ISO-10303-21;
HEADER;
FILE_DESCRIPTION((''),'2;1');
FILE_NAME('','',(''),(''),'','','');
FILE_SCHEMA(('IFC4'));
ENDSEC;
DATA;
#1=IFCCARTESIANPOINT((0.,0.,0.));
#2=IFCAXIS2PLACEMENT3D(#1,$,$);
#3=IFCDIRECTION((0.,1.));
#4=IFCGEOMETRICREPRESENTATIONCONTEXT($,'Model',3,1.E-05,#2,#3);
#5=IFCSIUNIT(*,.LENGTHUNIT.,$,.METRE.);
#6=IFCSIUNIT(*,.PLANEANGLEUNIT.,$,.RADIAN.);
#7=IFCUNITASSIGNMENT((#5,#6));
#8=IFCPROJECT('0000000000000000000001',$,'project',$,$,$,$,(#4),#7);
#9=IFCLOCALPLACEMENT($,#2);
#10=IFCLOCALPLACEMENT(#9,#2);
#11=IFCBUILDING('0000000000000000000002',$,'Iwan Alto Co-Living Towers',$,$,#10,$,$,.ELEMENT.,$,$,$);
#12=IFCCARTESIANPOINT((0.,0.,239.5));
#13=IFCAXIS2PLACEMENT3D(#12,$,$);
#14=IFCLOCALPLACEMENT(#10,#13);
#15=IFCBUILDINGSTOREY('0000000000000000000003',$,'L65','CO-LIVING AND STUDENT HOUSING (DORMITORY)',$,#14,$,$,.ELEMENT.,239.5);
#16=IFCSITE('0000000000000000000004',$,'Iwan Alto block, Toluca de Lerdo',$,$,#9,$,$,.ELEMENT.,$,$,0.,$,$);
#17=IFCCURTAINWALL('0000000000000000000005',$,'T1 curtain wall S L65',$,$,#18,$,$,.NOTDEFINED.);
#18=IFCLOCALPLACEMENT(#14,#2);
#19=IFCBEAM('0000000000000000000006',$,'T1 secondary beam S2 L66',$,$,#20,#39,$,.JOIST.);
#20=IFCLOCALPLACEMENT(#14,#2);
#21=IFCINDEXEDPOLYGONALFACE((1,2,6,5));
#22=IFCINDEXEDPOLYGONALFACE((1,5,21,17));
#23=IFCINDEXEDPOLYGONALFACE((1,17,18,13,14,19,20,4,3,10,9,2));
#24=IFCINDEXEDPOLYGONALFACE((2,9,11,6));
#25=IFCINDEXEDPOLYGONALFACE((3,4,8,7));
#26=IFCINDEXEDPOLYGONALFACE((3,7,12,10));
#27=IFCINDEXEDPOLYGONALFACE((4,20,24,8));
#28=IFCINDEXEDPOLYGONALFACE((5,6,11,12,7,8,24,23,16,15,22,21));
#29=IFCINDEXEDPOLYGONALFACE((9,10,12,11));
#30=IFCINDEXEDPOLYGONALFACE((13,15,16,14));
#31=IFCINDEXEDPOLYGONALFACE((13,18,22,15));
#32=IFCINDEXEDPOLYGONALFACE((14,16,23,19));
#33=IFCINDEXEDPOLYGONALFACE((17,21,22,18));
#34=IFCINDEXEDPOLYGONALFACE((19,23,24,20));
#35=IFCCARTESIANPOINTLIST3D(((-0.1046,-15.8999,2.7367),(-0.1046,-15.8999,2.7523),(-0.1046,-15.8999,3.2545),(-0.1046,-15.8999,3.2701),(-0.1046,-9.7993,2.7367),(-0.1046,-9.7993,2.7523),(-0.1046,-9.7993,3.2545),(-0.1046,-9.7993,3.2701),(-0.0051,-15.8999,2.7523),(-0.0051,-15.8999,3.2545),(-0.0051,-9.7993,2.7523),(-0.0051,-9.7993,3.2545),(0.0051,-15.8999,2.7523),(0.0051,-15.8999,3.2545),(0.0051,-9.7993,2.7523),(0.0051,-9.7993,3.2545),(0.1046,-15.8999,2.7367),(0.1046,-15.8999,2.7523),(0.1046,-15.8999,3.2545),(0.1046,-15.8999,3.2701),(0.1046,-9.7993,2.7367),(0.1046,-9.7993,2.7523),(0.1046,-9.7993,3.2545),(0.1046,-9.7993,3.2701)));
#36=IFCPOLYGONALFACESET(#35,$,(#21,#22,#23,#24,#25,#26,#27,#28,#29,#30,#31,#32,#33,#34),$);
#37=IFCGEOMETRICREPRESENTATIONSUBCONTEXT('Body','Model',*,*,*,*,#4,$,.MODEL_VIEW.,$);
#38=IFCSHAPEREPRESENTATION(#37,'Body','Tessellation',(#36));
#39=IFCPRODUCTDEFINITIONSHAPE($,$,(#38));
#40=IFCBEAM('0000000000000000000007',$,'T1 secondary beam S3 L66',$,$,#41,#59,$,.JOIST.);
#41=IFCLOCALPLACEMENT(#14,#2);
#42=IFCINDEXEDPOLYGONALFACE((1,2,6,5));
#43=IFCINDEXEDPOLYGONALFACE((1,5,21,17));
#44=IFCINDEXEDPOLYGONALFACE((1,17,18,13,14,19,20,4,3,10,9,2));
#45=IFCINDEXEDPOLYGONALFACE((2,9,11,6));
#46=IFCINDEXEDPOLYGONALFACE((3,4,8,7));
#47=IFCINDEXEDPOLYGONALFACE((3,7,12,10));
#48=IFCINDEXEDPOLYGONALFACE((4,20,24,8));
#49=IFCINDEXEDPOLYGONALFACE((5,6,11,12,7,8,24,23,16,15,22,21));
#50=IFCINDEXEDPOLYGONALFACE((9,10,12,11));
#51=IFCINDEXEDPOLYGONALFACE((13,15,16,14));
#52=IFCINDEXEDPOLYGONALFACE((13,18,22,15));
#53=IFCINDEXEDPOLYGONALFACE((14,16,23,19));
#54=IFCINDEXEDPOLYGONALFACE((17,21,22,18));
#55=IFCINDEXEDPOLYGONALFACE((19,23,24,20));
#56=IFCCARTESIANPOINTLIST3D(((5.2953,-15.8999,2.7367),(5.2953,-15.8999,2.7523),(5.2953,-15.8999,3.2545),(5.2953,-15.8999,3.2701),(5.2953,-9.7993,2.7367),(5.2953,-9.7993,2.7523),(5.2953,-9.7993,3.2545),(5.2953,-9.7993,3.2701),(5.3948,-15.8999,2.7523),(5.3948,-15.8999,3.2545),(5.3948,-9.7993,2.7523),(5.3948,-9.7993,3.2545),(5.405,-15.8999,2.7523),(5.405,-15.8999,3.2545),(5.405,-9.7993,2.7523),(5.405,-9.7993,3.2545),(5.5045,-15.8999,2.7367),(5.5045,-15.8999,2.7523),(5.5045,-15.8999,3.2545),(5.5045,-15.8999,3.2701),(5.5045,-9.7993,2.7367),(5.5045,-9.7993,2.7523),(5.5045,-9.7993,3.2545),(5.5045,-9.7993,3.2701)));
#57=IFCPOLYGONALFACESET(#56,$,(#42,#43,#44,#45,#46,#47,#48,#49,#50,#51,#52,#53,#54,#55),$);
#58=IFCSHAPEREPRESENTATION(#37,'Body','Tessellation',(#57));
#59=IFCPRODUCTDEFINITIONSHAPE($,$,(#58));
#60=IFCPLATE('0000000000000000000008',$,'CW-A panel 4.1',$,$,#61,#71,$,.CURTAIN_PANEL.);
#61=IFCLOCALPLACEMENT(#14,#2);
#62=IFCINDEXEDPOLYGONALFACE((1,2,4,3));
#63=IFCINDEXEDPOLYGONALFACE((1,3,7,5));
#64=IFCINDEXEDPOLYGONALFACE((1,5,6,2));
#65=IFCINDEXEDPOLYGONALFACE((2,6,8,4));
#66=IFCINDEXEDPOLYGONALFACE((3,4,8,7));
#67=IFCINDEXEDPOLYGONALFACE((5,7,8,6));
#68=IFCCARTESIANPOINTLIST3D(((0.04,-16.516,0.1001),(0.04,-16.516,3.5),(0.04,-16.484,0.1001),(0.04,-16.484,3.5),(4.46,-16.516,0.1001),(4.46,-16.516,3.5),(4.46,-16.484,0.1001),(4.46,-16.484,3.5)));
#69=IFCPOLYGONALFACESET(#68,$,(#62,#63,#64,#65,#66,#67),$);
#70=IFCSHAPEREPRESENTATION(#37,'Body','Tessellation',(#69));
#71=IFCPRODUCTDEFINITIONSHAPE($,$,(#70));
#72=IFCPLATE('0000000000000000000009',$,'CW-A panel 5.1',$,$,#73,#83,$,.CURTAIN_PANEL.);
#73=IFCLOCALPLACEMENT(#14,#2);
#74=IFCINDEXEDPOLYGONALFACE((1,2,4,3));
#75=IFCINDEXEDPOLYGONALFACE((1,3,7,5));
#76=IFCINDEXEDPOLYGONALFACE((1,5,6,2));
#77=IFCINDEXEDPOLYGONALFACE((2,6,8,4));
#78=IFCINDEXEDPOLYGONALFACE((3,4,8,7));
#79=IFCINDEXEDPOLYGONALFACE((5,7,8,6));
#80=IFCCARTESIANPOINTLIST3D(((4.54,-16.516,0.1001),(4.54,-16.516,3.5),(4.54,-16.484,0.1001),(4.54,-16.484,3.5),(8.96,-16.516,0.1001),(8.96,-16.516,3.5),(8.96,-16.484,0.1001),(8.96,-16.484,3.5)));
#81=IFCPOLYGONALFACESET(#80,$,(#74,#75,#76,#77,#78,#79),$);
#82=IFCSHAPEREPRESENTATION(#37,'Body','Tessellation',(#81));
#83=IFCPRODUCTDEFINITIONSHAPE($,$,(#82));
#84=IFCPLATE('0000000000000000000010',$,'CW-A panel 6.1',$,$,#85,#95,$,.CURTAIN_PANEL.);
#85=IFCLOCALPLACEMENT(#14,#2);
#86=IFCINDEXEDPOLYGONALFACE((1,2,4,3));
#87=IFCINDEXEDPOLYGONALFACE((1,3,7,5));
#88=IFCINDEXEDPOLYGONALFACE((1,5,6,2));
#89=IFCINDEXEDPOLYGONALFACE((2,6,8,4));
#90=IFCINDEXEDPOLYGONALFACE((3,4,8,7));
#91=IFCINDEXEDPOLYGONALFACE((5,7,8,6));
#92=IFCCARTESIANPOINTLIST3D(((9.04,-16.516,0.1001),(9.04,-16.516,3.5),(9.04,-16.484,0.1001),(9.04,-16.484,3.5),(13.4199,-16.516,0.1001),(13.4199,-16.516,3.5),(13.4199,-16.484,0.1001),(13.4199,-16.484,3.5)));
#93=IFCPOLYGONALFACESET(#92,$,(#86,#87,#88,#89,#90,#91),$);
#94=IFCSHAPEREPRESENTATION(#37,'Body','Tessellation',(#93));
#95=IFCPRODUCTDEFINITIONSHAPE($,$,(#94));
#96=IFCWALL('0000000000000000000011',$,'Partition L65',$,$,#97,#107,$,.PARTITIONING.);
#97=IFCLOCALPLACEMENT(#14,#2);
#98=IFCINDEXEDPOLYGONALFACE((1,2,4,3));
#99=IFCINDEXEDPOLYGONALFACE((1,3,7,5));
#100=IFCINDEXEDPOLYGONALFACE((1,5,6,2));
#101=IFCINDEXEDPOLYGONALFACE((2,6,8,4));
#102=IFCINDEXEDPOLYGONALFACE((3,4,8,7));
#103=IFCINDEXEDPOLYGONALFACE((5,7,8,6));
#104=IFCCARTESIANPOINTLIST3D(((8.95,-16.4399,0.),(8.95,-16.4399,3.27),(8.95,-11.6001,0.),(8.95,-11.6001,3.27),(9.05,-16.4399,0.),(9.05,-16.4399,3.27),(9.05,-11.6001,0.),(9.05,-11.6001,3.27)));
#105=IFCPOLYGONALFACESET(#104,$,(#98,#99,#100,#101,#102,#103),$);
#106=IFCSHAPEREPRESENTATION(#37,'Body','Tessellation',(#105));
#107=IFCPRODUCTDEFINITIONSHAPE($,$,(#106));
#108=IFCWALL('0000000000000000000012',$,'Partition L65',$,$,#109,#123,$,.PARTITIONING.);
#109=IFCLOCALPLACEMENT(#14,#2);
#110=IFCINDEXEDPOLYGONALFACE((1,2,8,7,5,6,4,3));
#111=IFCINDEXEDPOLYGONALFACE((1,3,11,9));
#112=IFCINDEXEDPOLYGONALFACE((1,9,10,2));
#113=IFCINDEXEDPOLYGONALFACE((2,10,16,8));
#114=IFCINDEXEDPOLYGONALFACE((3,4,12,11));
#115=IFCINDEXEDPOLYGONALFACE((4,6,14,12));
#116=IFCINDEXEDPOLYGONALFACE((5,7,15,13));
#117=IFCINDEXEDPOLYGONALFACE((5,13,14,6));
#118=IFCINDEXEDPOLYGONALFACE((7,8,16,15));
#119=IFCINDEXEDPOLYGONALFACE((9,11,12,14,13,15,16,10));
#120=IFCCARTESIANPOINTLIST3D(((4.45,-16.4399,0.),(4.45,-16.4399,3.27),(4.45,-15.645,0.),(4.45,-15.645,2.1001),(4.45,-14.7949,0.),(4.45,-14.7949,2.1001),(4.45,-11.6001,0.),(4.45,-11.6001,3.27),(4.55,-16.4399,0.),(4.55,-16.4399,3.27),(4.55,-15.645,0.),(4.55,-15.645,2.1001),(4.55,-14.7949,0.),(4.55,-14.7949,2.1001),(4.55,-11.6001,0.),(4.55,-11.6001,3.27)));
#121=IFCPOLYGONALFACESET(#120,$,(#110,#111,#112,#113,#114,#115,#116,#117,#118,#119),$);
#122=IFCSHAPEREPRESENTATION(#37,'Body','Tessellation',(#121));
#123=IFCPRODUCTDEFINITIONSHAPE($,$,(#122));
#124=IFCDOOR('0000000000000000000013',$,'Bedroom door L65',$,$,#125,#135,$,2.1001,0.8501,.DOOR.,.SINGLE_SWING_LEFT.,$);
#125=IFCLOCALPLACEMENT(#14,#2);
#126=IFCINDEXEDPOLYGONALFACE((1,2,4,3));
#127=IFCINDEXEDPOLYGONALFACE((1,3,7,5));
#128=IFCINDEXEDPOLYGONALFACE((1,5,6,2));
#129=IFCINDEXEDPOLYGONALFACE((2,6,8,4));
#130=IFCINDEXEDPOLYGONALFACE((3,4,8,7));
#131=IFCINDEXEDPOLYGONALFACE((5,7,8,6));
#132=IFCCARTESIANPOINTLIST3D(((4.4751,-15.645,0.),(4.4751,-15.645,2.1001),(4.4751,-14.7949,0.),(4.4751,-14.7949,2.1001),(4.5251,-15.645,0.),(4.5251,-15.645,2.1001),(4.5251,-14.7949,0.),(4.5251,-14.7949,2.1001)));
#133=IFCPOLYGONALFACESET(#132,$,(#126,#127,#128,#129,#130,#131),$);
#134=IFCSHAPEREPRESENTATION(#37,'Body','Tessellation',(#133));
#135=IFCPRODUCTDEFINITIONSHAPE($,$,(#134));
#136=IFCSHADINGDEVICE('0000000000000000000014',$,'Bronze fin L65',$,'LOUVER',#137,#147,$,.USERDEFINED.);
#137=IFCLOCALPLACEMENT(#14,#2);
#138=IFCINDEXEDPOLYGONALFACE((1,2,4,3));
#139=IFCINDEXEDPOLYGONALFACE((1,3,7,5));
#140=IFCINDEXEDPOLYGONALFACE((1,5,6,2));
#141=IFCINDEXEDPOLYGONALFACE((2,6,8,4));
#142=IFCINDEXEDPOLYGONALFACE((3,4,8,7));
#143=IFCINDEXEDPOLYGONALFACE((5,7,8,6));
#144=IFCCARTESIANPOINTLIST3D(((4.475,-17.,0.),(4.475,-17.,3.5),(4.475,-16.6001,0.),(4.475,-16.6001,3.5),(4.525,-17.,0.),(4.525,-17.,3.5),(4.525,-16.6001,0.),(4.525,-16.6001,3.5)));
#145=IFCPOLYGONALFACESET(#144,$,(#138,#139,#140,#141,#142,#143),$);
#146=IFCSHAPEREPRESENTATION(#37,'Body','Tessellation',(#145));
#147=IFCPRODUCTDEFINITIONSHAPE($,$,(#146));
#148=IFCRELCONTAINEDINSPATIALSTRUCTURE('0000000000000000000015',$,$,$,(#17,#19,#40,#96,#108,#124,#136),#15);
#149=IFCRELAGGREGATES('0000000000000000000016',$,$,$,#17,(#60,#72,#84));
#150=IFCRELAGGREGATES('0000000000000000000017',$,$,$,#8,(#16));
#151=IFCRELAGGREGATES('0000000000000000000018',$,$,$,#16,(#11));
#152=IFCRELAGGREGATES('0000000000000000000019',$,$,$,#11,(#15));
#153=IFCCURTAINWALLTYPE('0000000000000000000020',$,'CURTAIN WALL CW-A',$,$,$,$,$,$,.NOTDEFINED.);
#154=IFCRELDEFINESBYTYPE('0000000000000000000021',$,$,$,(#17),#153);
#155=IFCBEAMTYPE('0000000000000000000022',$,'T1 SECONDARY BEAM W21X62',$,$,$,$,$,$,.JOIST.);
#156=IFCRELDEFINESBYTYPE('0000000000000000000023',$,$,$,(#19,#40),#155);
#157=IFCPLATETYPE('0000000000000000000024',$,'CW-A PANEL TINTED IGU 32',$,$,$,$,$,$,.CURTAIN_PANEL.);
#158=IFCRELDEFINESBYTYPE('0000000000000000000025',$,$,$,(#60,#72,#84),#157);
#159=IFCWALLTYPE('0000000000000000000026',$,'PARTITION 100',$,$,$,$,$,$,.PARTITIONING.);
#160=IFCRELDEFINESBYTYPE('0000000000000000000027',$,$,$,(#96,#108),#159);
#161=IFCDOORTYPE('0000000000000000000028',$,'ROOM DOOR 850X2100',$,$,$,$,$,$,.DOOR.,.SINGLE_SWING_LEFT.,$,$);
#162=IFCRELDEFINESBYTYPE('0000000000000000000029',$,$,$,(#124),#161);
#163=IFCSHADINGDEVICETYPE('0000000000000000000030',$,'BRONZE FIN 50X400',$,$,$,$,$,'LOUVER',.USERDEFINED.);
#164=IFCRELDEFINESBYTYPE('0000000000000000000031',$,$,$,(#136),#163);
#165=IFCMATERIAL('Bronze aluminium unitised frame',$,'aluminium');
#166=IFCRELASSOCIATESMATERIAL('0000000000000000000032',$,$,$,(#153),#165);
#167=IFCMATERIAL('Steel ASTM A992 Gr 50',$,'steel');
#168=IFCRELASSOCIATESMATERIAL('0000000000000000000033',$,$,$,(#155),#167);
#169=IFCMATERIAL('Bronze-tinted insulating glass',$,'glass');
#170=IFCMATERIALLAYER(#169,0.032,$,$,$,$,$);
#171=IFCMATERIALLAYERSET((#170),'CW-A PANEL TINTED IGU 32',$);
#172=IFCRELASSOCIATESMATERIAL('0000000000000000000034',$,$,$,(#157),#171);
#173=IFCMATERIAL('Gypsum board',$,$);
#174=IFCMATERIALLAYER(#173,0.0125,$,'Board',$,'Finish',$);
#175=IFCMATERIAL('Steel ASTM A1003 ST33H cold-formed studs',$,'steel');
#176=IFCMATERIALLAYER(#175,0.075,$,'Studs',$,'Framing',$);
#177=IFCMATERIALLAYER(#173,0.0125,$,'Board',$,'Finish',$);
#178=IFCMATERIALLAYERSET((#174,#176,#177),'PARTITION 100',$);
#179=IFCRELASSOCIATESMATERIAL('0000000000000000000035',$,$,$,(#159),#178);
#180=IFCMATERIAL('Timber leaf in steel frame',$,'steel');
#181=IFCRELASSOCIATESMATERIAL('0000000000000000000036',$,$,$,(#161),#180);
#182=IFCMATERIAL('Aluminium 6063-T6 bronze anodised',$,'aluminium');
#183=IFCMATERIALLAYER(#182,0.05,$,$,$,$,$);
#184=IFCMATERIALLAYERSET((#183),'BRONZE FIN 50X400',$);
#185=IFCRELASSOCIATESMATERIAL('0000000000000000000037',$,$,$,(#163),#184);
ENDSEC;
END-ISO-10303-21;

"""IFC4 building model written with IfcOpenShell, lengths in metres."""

from ifc_helpers import new_model, si_unit, direction, frame, frame_2d, origin, origin_2d, place, context, subcontext, project, spatial, rectangle, i_section, extrude, material, layer, layer_set, material_profile, profile_set, type_object, element, fill, aggregate, save


model = new_model("IFC4")

# Units and contexts
model_context = context("Model", 3, precision=1e-05, world=origin(), true_north=direction((0.0, 1.0)))
body_context = subcontext(model_context, "Body", "Model", "MODEL_VIEW")
ifc_project = project(units=[si_unit("LENGTHUNIT", "METRE"), si_unit("PLANEANGLEUNIT", "RADIAN")], contexts=[model_context])

# Site, building, storey
site_placement = place(None, origin())
site = spatial("IfcSite", under=ifc_project, at=site_placement, Name="Iwan Alto block, Toluca de Lerdo", CompositionType="ELEMENT", RefElevation=0.0)
building_placement = place(site_placement, origin())
building = spatial("IfcBuilding", under=site, at=building_placement, Name="Iwan Alto Co-Living Towers", CompositionType="ELEMENT")
storey_placement = place(building_placement, frame((0.0, 0.0, 239.5)))
storey = spatial("IfcBuildingStorey", under=building, at=storey_placement, Name="L65", Description="CO-LIVING AND STUDENT HOUSING (DORMITORY)", CompositionType="ELEMENT", Elevation=239.5)

# Curtain wall
ifc_material_1 = material(Name="Bronze aluminium unitised frame", Category="aluminium")
curtain_wall_type = type_object("IfcCurtainWallType", Name="CURTAIN WALL CW-A", PredefinedType="NOTDEFINED", material=ifc_material_1)
curtain_wall_placement = place(storey_placement, origin())
curtain_wall = element("IfcCurtainWall", 1, at=curtain_wall_placement, inside=storey, type_object=curtain_wall_type, Name="T1 curtain wall S L65", PredefinedType="NOTDEFINED")

# Beams
ifc_material_2 = material(Name="Steel ASTM A992 Gr 50", Category="steel")
ifc_material_profile_1 = material_profile(ifc_material_2, i_section(OverallWidth=0.2092, OverallDepth=0.5334, WebThickness=0.0103, FlangeThickness=0.0156, at=origin_2d()), Name="W21X62")
ifc_profile_set_1 = profile_set([ifc_material_profile_1], Name="Steel ASTM A992 Gr 50")
beam_type_1 = type_object("IfcBeamType", Name="T1 SECONDARY BEAM W21X62", PredefinedType="JOIST", material=ifc_profile_set_1)
for number, where, z_axis, x_axis, name in (
    (2, (0.0, -15.8999, 3.0034), (0.0, 1.0, 0.0), (-1.0, 0.0, 0.0), "T1 secondary beam S2 L66"),
    (3, (5.3999, -15.8999, 3.0034), (0.0, 1.0, 0.0), (-1.0, 0.0, 0.0), "T1 secondary beam S3 L66"),
):
    element("IfcBeam", number, at=place(storey_placement, frame(where, z_axis=z_axis, x_axis=x_axis)), inside=storey, type_object=beam_type_1, Name=name, PredefinedType="JOIST", context=body_context, shape_type="SweptSolid", body=[
        extrude(i_section(OverallWidth=0.2092, OverallDepth=0.5334, WebThickness=0.0103, FlangeThickness=0.0156, at=origin_2d()), origin(), (0.0, 0.0, 1.0), 6.1006),
    ])

# Plates
ifc_material_3 = material(Name="Bronze-tinted insulating glass", Category="glass")
ifc_layer_1 = layer(ifc_material_3, 0.032)
ifc_layer_set_1 = layer_set([ifc_layer_1], Name="CW-A PANEL TINTED IGU 32")
plate_type = type_object("IfcPlateType", Name="CW-A PANEL TINTED IGU 32", PredefinedType="CURTAIN_PANEL", material=ifc_layer_set_1)
plate_1_placement = place(storey_placement, frame((2.25, -16.5, 0.1001), z_axis=(0.0, 0.0, 1.0), x_axis=(1.0, 0.0, 0.0)))
plate_1 = element("IfcPlate", 4, at=plate_1_placement, type_object=plate_type, Name="CW-A panel 4.1", PredefinedType="CURTAIN_PANEL", context=body_context, shape_type="SweptSolid", body=[
    extrude(rectangle(XDim=4.4199, YDim=0.032, at=origin_2d()), origin(), (0.0, 0.0, 1.0), 3.3999),
])
plate_2_placement = place(storey_placement, frame((6.75, -16.5, 0.1001), z_axis=(0.0, 0.0, 1.0), x_axis=(1.0, 0.0, 0.0)))
plate_2 = element("IfcPlate", 5, at=plate_2_placement, type_object=plate_type, Name="CW-A panel 5.1", PredefinedType="CURTAIN_PANEL", context=body_context, shape_type="SweptSolid", body=[
    extrude(rectangle(XDim=4.4199, YDim=0.032, at=origin_2d()), origin(), (0.0, 0.0, 1.0), 3.3999),
])
plate_3_placement = place(storey_placement, frame((11.23, -16.5, 0.1001), z_axis=(0.0, 0.0, 1.0), x_axis=(1.0, 0.0, 0.0)))
plate_3 = element("IfcPlate", 6, at=plate_3_placement, type_object=plate_type, Name="CW-A panel 6.1", PredefinedType="CURTAIN_PANEL", context=body_context, shape_type="SweptSolid", body=[
    extrude(rectangle(XDim=4.3799, YDim=0.032, at=origin_2d()), origin(), (0.0, 0.0, 1.0), 3.3999),
])
aggregate(curtain_wall, [plate_1, plate_2, plate_3])

# Wall
ifc_material_4 = material(Name="Gypsum board")
ifc_layer_2 = layer(ifc_material_4, 0.0125, Name="Board", Category="Finish")
ifc_material_5 = material(Name="Steel ASTM A1003 ST33H cold-formed studs", Category="steel")
ifc_layer_3 = layer(ifc_material_5, 0.075, Name="Studs", Category="Framing")
ifc_layer_4 = layer(ifc_material_4, 0.0125, Name="Board", Category="Finish")
ifc_layer_set_2 = layer_set([ifc_layer_2, ifc_layer_3, ifc_layer_4], Name="PARTITION 100")
wall_type = type_object("IfcWallType", Name="PARTITION 100", PredefinedType="PARTITIONING", material=ifc_layer_set_2)
wall_1_placement = place(storey_placement, frame((9.0, -16.4399, 0.0), z_axis=(0.0, 0.0, 1.0), x_axis=(0.0, 1.0, 0.0)))
element("IfcWall", 7, at=wall_1_placement, inside=storey, type_object=wall_type, Name="Partition L65", PredefinedType="PARTITIONING", context=body_context, shape_type="SweptSolid", body=[
    extrude(rectangle(XDim=4.8398, YDim=0.1001, at=frame_2d((2.4199, 0.0))), origin(), (0.0, 0.0, 1.0), 3.27),
])

# Wall, opening, door
wall_2_placement = place(storey_placement, frame((4.5, -16.4399, 0.0), z_axis=(0.0, 0.0, 1.0), x_axis=(0.0, 1.0, 0.0)))
wall_2 = element("IfcWall", 8, at=wall_2_placement, inside=storey, type_object=wall_type, Name="Partition L65", PredefinedType="PARTITIONING", context=body_context, shape_type="SweptSolid", body=[
    extrude(rectangle(XDim=4.8398, YDim=0.1001, at=frame_2d((2.4199, 0.0))), origin(), (0.0, 0.0, 1.0), 3.27),
])
opening_placement = place(wall_2_placement, frame((0.7949, 0.0, 0.0)))
opening = element("IfcOpeningElement", 9, at=opening_placement, cuts=wall_2, PredefinedType="OPENING", context=body_context, shape_type="SweptSolid", body=[
    extrude(rectangle(XDim=0.8501, YDim=2.1001, at=frame_2d((0.425, 1.05))), frame((0.0, 0.0601, 0.0), z_axis=(0.0, -1.0, 0.0), x_axis=(1.0, 0.0, 0.0)), (0.0, 0.0, 1.0), 0.1201),
])
ifc_material_6 = material(Name="Timber leaf in steel frame", Category="steel")
door_type = type_object("IfcDoorType", Name="ROOM DOOR 850X2100", OperationType="SINGLE_SWING_LEFT", PredefinedType="DOOR", material=ifc_material_6)
door_placement = place(opening_placement, origin())
door = element("IfcDoor", 10, at=door_placement, inside=storey, type_object=door_type, Name="Bedroom door L65", OperationType="SINGLE_SWING_LEFT", OverallHeight=2.1001, OverallWidth=0.8501, PredefinedType="DOOR", context=body_context, shape_type="SweptSolid", body=[
    extrude(rectangle(XDim=0.8501, YDim=2.1001, at=frame_2d((0.425, 1.05))), frame((0.0, 0.0249, 0.0), z_axis=(0.0, -1.0, 0.0), x_axis=(1.0, 0.0, 0.0)), (0.0, 0.0, 1.0), 0.05),
])
fill(opening, door)

# Shading device
ifc_material_7 = material(Name="Aluminium 6063-T6 bronze anodised", Category="aluminium")
ifc_layer_5 = layer(ifc_material_7, 0.05)
ifc_layer_set_3 = layer_set([ifc_layer_5], Name="BRONZE FIN 50X400")
shading_device_type = type_object("IfcShadingDeviceType", Name="BRONZE FIN 50X400", ElementType="LOUVER", PredefinedType="USERDEFINED", material=ifc_layer_set_3)
shading_device_placement = place(storey_placement, frame((4.5, -16.8, 0.0), z_axis=(0.0, 0.0, 1.0), x_axis=(1.0, 0.0, 0.0)))
element("IfcShadingDevice", 11, at=shading_device_placement, inside=storey, type_object=shading_device_type, Name="Bronze fin L65", ObjectType="LOUVER", PredefinedType="USERDEFINED", context=body_context, shape_type="SweptSolid", body=[
    extrude(rectangle(XDim=0.05, YDim=0.3999, at=origin_2d()), origin(), (0.0, 0.0, 1.0), 3.5),
])

save(model, "model.ifc")
